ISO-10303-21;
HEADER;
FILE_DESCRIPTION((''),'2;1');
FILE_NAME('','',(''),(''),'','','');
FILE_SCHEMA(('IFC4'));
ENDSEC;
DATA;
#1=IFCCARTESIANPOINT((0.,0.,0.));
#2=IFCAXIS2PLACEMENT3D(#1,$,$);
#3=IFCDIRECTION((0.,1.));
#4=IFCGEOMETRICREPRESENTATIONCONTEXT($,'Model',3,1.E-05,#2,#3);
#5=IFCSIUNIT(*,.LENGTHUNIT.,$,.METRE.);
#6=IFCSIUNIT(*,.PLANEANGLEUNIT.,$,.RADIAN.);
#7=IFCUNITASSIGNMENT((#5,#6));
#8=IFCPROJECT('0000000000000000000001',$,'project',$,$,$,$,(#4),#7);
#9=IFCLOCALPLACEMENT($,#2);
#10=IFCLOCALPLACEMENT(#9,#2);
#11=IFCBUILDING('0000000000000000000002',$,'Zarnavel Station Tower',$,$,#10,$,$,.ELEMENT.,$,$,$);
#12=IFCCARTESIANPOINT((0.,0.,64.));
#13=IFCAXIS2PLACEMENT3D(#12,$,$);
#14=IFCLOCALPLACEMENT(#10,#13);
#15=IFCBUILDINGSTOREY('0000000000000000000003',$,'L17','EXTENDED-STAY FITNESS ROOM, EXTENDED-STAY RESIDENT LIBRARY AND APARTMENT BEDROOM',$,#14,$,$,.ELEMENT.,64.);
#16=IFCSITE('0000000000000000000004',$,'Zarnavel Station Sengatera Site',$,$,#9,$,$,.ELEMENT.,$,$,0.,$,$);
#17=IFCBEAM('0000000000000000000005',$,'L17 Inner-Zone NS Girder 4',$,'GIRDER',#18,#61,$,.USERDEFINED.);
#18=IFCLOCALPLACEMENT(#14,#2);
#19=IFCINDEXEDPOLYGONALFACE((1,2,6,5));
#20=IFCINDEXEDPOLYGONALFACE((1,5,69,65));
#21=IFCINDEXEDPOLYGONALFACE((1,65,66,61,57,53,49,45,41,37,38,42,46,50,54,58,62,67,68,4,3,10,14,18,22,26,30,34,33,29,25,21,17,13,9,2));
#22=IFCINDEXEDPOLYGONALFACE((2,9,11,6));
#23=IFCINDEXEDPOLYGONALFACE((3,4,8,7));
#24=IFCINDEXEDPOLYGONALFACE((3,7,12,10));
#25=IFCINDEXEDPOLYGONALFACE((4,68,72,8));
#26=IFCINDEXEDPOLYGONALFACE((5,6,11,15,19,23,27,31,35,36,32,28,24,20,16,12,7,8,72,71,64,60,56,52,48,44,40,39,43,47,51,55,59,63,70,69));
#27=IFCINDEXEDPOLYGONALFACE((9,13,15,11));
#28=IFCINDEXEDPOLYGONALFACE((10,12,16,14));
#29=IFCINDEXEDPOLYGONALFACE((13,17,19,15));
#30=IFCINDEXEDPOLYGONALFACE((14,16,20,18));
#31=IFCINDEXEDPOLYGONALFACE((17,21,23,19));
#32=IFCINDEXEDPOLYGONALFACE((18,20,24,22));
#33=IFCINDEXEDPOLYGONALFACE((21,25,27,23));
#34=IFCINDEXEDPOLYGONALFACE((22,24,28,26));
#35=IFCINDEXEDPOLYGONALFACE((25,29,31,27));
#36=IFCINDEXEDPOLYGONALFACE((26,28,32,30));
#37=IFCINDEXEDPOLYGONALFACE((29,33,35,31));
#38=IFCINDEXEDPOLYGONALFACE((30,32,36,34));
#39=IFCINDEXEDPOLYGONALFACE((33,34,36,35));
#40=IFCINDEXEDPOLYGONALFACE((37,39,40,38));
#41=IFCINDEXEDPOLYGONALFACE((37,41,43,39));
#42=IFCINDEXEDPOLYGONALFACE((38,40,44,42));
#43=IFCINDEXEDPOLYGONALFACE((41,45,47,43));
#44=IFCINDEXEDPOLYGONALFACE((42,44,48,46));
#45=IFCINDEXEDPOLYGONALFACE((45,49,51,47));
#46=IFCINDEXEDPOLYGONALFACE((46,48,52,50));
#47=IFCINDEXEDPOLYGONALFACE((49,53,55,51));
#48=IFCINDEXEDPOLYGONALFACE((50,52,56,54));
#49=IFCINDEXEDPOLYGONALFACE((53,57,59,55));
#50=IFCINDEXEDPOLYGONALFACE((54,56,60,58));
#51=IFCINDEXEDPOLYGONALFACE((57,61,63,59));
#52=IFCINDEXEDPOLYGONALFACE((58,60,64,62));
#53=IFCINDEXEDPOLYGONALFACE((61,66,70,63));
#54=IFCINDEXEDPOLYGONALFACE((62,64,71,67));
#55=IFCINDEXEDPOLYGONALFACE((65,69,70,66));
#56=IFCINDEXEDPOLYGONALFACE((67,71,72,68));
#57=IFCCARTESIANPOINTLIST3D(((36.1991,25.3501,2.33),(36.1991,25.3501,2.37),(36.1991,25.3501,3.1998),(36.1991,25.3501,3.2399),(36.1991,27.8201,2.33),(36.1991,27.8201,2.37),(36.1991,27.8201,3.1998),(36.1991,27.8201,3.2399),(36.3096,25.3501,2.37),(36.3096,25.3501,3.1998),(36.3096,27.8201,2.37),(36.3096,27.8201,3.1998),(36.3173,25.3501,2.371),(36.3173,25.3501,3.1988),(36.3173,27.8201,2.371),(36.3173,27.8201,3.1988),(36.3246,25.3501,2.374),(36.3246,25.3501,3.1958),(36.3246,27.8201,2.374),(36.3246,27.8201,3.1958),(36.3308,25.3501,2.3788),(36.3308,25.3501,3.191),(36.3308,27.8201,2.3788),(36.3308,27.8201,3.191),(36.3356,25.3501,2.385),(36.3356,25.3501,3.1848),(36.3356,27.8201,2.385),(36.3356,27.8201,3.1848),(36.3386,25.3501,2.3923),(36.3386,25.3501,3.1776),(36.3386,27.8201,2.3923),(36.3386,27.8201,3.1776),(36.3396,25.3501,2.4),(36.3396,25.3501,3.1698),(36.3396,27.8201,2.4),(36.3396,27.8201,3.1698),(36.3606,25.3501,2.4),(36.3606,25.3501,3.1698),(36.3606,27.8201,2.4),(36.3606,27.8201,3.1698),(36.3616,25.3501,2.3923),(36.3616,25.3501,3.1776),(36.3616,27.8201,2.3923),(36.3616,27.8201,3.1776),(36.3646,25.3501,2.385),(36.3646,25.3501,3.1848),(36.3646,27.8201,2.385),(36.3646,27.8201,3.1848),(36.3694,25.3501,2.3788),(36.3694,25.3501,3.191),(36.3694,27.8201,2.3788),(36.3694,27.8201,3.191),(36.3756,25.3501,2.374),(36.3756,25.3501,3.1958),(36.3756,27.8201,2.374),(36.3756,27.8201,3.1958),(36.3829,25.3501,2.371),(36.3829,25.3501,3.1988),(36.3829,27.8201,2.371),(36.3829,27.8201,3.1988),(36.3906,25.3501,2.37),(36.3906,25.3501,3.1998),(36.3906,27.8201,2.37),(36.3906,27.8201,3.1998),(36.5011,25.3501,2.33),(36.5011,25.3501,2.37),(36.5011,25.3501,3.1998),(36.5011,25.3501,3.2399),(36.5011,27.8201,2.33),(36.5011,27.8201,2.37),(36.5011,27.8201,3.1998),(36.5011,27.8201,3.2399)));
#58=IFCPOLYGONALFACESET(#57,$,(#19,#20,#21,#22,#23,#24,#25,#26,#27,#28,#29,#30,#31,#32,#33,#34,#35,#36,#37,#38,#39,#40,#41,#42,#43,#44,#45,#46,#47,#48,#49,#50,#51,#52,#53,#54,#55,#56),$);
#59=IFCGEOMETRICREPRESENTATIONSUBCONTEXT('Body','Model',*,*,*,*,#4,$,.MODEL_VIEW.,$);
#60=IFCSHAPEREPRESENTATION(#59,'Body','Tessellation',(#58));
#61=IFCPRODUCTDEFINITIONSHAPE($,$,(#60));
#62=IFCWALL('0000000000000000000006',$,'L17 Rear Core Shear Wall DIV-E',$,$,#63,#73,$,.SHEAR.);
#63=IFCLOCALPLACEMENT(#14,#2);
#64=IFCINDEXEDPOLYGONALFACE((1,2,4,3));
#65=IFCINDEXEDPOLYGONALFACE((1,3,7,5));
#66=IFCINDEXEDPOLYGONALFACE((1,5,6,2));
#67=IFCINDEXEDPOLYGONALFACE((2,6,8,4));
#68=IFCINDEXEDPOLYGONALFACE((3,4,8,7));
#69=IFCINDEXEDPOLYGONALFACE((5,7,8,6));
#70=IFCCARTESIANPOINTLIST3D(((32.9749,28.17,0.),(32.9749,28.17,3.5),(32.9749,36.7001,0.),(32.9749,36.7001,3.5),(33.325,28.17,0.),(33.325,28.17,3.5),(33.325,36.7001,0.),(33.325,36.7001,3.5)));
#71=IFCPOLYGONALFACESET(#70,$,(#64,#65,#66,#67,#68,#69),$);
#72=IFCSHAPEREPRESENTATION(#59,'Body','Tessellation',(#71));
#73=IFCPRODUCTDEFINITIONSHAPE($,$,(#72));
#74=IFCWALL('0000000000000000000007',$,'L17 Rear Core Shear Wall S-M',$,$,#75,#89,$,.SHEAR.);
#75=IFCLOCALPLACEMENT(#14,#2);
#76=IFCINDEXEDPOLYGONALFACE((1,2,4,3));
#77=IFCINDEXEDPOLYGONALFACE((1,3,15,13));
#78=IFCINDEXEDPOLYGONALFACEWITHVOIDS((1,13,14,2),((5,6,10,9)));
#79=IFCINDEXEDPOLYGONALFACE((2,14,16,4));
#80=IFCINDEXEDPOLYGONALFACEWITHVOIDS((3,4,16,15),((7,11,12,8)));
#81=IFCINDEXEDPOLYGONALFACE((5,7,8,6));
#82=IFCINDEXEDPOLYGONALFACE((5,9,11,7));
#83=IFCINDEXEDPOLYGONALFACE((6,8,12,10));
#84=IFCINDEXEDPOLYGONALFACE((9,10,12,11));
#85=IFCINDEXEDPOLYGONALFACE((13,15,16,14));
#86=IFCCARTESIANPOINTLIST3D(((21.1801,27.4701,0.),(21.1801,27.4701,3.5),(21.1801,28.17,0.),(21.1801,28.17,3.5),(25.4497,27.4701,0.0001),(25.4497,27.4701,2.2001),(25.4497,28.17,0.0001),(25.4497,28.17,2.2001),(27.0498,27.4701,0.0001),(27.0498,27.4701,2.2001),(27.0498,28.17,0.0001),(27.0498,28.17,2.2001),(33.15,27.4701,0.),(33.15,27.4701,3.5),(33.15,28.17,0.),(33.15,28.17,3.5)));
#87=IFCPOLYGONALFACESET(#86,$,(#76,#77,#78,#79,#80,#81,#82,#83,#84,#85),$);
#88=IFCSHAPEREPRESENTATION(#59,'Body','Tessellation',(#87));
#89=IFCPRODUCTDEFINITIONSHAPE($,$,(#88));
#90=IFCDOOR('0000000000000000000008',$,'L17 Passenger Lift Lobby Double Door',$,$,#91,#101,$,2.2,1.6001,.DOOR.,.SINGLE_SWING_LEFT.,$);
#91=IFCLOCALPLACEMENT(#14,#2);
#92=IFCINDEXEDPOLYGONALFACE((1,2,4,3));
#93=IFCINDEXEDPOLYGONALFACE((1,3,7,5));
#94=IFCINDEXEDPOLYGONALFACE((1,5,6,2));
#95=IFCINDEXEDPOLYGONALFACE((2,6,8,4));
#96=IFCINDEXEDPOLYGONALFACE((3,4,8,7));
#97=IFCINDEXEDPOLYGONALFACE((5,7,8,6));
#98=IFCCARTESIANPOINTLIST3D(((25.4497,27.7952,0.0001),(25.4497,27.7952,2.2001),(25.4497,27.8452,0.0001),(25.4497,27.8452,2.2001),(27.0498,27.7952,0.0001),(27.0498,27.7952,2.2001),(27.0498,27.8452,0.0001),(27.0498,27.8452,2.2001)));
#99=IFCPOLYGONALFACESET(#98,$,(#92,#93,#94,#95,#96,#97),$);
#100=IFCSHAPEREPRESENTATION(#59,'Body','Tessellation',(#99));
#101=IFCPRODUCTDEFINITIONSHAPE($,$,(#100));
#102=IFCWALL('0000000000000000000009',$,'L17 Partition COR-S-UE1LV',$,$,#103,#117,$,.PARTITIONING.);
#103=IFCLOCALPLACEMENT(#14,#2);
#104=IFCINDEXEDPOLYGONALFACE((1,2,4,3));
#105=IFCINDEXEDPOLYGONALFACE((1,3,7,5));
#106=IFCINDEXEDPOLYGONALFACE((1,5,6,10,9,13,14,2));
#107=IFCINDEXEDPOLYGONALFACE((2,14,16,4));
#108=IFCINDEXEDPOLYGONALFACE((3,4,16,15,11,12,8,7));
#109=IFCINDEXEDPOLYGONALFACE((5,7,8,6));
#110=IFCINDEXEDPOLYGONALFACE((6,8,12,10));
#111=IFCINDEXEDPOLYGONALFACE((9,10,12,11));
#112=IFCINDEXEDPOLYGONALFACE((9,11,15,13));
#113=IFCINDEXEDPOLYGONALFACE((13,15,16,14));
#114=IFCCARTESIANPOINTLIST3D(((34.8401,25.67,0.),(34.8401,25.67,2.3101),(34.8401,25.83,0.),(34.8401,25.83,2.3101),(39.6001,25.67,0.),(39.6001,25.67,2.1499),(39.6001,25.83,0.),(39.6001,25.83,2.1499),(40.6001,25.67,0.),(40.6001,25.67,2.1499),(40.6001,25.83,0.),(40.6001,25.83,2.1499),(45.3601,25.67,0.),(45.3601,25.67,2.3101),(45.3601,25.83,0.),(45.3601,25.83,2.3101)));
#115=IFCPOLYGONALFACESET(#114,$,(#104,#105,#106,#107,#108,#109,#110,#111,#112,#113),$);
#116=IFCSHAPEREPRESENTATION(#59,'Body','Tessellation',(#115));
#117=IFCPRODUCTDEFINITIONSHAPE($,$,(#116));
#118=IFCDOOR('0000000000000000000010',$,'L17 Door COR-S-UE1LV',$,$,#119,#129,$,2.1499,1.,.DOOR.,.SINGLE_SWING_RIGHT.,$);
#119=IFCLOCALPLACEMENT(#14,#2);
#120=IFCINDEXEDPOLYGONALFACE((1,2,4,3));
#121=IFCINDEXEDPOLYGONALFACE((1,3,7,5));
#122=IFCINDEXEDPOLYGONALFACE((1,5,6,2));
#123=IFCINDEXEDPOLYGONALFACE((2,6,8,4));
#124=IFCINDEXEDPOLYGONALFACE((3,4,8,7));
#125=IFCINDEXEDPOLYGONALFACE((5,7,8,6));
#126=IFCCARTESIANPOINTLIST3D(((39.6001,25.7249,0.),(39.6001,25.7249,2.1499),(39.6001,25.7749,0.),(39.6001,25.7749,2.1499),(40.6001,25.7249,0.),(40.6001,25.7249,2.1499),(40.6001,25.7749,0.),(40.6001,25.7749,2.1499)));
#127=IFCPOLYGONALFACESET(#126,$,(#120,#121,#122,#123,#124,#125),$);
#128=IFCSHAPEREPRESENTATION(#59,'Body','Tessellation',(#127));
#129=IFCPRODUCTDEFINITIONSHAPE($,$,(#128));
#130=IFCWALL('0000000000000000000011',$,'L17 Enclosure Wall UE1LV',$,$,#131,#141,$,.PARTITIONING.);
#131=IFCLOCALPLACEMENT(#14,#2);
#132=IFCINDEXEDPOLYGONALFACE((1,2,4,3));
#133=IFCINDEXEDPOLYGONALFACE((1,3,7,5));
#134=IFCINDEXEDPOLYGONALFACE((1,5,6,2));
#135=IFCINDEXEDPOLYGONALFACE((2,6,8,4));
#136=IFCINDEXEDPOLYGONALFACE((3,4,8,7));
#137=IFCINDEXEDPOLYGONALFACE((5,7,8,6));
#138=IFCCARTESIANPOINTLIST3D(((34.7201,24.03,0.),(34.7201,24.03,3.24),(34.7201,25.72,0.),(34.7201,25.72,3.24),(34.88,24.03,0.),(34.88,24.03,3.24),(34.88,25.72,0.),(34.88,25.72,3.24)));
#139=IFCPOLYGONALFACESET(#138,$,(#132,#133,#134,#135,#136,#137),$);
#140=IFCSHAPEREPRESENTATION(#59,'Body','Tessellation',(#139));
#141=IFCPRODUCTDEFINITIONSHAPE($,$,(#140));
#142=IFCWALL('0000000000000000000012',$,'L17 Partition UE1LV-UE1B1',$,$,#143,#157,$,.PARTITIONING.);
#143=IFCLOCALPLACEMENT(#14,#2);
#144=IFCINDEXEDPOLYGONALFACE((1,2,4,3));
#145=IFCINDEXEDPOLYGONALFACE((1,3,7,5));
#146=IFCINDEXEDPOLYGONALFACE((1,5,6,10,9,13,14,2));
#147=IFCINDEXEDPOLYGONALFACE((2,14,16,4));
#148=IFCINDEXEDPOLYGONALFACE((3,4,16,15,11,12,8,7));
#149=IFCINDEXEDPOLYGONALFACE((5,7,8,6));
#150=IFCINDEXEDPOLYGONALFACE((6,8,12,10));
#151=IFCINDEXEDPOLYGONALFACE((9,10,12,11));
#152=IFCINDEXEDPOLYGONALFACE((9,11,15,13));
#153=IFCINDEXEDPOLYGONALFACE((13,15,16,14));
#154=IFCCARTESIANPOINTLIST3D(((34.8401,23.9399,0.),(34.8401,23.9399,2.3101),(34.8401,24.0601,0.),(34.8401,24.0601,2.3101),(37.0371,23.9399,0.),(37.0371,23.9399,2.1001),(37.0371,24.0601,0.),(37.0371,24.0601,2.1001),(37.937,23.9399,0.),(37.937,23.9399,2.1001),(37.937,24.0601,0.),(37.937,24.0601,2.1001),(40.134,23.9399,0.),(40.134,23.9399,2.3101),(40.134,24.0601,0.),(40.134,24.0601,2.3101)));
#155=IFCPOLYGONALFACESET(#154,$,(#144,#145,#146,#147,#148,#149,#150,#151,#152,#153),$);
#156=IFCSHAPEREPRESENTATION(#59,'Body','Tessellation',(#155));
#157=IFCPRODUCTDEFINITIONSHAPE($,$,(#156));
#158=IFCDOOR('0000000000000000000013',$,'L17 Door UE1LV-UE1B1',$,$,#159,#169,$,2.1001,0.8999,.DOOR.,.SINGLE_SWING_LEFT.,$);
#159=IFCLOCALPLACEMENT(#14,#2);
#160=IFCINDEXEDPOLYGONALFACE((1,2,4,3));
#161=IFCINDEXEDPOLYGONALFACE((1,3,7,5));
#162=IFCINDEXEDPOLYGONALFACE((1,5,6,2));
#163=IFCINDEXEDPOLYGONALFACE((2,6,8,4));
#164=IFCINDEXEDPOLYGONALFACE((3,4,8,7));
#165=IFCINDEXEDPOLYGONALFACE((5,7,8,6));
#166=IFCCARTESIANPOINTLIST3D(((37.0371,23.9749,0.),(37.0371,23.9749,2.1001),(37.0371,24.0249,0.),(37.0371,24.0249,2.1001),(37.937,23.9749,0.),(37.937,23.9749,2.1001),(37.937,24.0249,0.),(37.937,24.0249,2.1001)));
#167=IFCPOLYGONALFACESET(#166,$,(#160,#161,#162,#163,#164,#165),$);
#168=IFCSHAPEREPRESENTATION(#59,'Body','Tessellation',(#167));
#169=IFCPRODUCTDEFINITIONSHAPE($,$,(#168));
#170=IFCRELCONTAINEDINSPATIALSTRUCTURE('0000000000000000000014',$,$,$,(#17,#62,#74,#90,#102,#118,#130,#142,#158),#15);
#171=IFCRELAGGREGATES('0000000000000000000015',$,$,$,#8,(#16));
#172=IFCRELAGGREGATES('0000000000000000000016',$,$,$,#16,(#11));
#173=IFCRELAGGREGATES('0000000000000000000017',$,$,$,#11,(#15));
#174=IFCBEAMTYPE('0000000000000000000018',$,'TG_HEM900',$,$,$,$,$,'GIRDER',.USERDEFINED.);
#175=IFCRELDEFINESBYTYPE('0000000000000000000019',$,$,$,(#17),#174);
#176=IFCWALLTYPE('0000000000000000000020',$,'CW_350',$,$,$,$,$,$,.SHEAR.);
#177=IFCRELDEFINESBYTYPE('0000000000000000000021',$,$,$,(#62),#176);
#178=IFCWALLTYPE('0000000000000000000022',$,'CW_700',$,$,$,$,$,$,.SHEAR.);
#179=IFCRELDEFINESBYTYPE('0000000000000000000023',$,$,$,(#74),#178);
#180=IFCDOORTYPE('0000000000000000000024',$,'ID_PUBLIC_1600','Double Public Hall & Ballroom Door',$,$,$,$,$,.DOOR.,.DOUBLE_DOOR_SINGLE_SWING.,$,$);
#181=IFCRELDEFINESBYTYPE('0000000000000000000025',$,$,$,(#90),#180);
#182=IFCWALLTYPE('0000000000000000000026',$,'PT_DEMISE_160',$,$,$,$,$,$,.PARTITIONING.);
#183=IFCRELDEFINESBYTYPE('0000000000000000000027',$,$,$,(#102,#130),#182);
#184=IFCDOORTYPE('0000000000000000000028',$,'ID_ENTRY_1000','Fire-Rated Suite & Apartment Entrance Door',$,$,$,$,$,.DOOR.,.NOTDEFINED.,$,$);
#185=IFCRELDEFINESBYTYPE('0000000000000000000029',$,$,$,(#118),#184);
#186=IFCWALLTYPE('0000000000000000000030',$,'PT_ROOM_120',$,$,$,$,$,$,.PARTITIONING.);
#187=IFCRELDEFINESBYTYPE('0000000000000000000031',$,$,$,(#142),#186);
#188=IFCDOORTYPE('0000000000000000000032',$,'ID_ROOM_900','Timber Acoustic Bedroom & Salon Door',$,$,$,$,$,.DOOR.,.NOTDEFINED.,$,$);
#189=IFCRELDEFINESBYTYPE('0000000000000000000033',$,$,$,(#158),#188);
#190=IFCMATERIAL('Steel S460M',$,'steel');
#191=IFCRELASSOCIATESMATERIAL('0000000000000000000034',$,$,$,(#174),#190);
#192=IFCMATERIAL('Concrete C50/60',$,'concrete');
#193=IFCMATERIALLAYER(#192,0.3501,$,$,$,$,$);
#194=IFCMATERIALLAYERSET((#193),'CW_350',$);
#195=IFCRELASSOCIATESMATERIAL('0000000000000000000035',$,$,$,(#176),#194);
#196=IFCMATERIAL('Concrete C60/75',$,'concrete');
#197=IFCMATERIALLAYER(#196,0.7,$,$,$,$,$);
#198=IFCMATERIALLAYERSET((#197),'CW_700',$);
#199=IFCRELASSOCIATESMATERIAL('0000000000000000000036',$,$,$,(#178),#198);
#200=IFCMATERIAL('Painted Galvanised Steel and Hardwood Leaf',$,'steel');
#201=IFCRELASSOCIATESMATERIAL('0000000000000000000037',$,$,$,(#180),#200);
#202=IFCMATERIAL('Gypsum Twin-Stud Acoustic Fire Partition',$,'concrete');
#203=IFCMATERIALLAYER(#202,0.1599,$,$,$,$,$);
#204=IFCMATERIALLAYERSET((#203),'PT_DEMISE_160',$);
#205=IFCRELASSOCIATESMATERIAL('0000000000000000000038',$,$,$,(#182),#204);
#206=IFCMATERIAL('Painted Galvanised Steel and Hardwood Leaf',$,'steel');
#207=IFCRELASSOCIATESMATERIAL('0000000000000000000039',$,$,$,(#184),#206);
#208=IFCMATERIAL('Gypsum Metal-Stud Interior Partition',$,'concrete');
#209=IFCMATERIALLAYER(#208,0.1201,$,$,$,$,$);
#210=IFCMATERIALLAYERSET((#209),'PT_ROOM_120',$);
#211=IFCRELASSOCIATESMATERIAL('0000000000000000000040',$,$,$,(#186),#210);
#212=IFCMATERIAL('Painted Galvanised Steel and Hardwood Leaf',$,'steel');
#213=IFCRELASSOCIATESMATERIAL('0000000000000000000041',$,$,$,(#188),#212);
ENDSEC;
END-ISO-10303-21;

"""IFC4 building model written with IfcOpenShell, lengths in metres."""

from ifc_helpers import new_model, si_unit, direction, frame, frame_2d, origin, origin_2d, place, context, subcontext, project, spatial, rectangle, i_section, extrude, material, layer, layer_set, material_profile, profile_set, type_object, element, fill, save


model = new_model("IFC4")

# Units and contexts
model_context = context("Model", 3, precision=1e-05, world=origin(), true_north=direction((0.0, 1.0)))
body_context = subcontext(model_context, "Body", "Model", "MODEL_VIEW")
ifc_project = project(units=[si_unit("LENGTHUNIT", "METRE"), si_unit("PLANEANGLEUNIT", "RADIAN")], contexts=[model_context])

# Site, building, storey
site_placement = place(None, origin())
site = spatial("IfcSite", under=ifc_project, at=site_placement, Name="Zarnavel Station Sengatera Site", CompositionType="ELEMENT", RefElevation=0.0)
building_placement = place(site_placement, origin())
building = spatial("IfcBuilding", under=site, at=building_placement, Name="Zarnavel Station Tower", CompositionType="ELEMENT")
storey_placement = place(building_placement, frame((0.0, 0.0, 64.0)))
storey = spatial("IfcBuildingStorey", under=building, at=storey_placement, Name="L17", Description="EXTENDED-STAY FITNESS ROOM, EXTENDED-STAY RESIDENT LIBRARY AND APARTMENT BEDROOM", CompositionType="ELEMENT", Elevation=64.0)

# Beam
ifc_material_1 = material(Name="Steel S460M", Category="steel")
ifc_material_profile_1 = material_profile(ifc_material_1, i_section(OverallWidth=0.302, OverallDepth=0.9099, WebThickness=0.021, FlangeThickness=0.04, FilletRadius=0.03, at=origin_2d()), Name="HEM900")
ifc_profile_set_1 = profile_set([ifc_material_profile_1], Name="Steel S460M")
beam_type_1 = type_object("IfcBeamType", Name="TG_HEM900", ElementType="GIRDER", PredefinedType="USERDEFINED", material=ifc_profile_set_1)
beam_1_placement = place(storey_placement, frame((36.3501, 25.3501, 2.7849), z_axis=(0.0, 1.0, 0.0), x_axis=(-1.0, 0.0, 0.0)))
element("IfcBeam", 1, at=beam_1_placement, inside=storey, type_object=beam_type_1, Name="L17 Inner-Zone NS Girder 4", ObjectType="GIRDER", PredefinedType="USERDEFINED", context=body_context, shape_type="SweptSolid", body=[
    extrude(i_section(OverallWidth=0.302, OverallDepth=0.9099, WebThickness=0.021, FlangeThickness=0.04, FilletRadius=0.03, at=origin_2d()), origin(), (0.0, 0.0, 1.0), 2.47),
])

# Wall
ifc_material_2 = material(Name="Concrete C50/60", Category="concrete")
ifc_layer_1 = layer(ifc_material_2, 0.3501)
ifc_layer_set_1 = layer_set([ifc_layer_1], Name="CW_350")
wall_type_1 = type_object("IfcWallType", Name="CW_350", PredefinedType="SHEAR", material=ifc_layer_set_1)
wall_1_placement = place(storey_placement, frame((33.1499, 28.1699, 0.0), z_axis=(0.0, 0.0, 1.0), x_axis=(0.0, 1.0, 0.0)))
element("IfcWall", 2, at=wall_1_placement, inside=storey, type_object=wall_type_1, Name="L17 Rear Core Shear Wall DIV-E", PredefinedType="SHEAR", context=body_context, shape_type="SweptSolid", body=[
    extrude(rectangle(XDim=8.53, YDim=0.3501, at=frame_2d((4.2651, 0.0))), origin(), (0.0, 0.0, 1.0), 3.5),
])

# Walls, openings, doors
ifc_material_3 = material(Name="Concrete C60/75", Category="concrete")
ifc_layer_2 = layer(ifc_material_3, 0.7)
ifc_layer_set_2 = layer_set([ifc_layer_2], Name="CW_700")
wall_type_2 = type_object("IfcWallType", Name="CW_700", PredefinedType="SHEAR", material=ifc_layer_set_2)
wall_2_placement = place(storey_placement, frame((33.1499, 27.8201, 0.0), z_axis=(0.0, 0.0, 1.0), x_axis=(-1.0, 0.0, 0.0)))
wall_2 = element("IfcWall", 3, at=wall_2_placement, inside=storey, type_object=wall_type_2, Name="L17 Rear Core Shear Wall S-M", PredefinedType="SHEAR", context=body_context, shape_type="SweptSolid", body=[
    extrude(rectangle(XDim=11.97, YDim=0.7, at=frame_2d((5.9849, 0.0))), origin(), (0.0, 0.0, 1.0), 3.5),
])
opening_1_placement = place(wall_2_placement, frame((6.1001, 0.0, 0.0)))
opening_1 = element("IfcOpeningElement", 4, at=opening_1_placement, cuts=wall_2, PredefinedType="OPENING", context=body_context, shape_type="SweptSolid", body=[
    extrude(rectangle(XDim=1.6001, YDim=2.2, at=frame_2d((0.8, 1.1001))), frame((0.0, 0.3599, 0.0), z_axis=(0.0, -1.0, 0.0), x_axis=(1.0, 0.0, 0.0)), (0.0, 0.0, 1.0), 0.72),
])
ifc_material_4 = material(Name="Painted Galvanised Steel and Hardwood Leaf", Category="steel")
door_type_1 = type_object("IfcDoorType", Name="ID_PUBLIC_1600", Description="Double Public Hall & Ballroom Door", OperationType="DOUBLE_DOOR_SINGLE_SWING", PredefinedType="DOOR", material=ifc_material_4)
door_1_placement = place(opening_1_placement, origin())
door_1 = element("IfcDoor", 5, at=door_1_placement, inside=storey, type_object=door_type_1, Name="L17 Passenger Lift Lobby Double Door", OperationType="SINGLE_SWING_LEFT", OverallHeight=2.2, OverallWidth=1.6001, PredefinedType="DOOR", context=body_context, shape_type="SweptSolid", body=[
    extrude(rectangle(XDim=1.6001, YDim=2.2, at=frame_2d((0.8, 1.1001))), frame((0.0, 0.0249, 0.0), z_axis=(0.0, -1.0, 0.0), x_axis=(1.0, 0.0, 0.0)), (0.0, 0.0, 1.0), 0.05),
])
fill(opening_1, door_1)
ifc_material_5 = material(Name="Gypsum Twin-Stud Acoustic Fire Partition", Category="concrete")
ifc_layer_3 = layer(ifc_material_5, 0.1599)
ifc_layer_set_3 = layer_set([ifc_layer_3], Name="PT_DEMISE_160")
wall_type_3 = type_object("IfcWallType", Name="PT_DEMISE_160", PredefinedType="PARTITIONING", material=ifc_layer_set_3)
wall_3_placement = place(storey_placement, frame((34.8401, 25.75, 0.0), z_axis=(0.0, 0.0, 1.0), x_axis=(1.0, 0.0, 0.0)))
wall_3 = element("IfcWall", 6, at=wall_3_placement, inside=storey, type_object=wall_type_3, Name="L17 Partition COR-S-UE1LV", PredefinedType="PARTITIONING", context=body_context, shape_type="SweptSolid", body=[
    extrude(rectangle(XDim=10.52, YDim=0.1599, at=frame_2d((5.26, 0.0))), origin(), (0.0, 0.0, 1.0), 2.3101),
])
opening_2_placement = place(wall_3_placement, frame((4.76, 0.0, 0.0)))
opening_2 = element("IfcOpeningElement", 7, at=opening_2_placement, cuts=wall_3, PredefinedType="OPENING", context=body_context, shape_type="SweptSolid", body=[
    extrude(rectangle(XDim=1.0, YDim=2.1499, at=frame_2d((0.5, 1.075))), frame((0.0, 0.0898, 0.0), z_axis=(0.0, -1.0, 0.0), x_axis=(1.0, 0.0, 0.0)), (0.0, 0.0, 1.0), 0.1799),
])
ifc_material_6 = material(Name="Painted Galvanised Steel and Hardwood Leaf", Category="steel")
door_type_2 = type_object("IfcDoorType", Name="ID_ENTRY_1000", Description="Fire-Rated Suite & Apartment Entrance Door", OperationType="NOTDEFINED", PredefinedType="DOOR", material=ifc_material_6)
door_2_placement = place(opening_2_placement, origin())
door_2 = element("IfcDoor", 8, at=door_2_placement, inside=storey, type_object=door_type_2, Name="L17 Door COR-S-UE1LV", OperationType="SINGLE_SWING_RIGHT", OverallHeight=2.1499, OverallWidth=1.0, PredefinedType="DOOR", context=body_context, shape_type="SweptSolid", body=[
    extrude(rectangle(XDim=1.0, YDim=2.1499, at=frame_2d((0.5, 1.075))), frame((0.0, 0.0249, 0.0), z_axis=(0.0, -1.0, 0.0), x_axis=(1.0, 0.0, 0.0)), (0.0, 0.0, 1.0), 0.05),
])
fill(opening_2, door_2)

# Wall
wall_4_placement = place(storey_placement, frame((34.8, 24.03, 0.0), z_axis=(0.0, 0.0, 1.0), x_axis=(0.0, 1.0, 0.0)))
element("IfcWall", 9, at=wall_4_placement, inside=storey, type_object=wall_type_3, Name="L17 Enclosure Wall UE1LV", PredefinedType="PARTITIONING", context=body_context, shape_type="SweptSolid", body=[
    extrude(rectangle(XDim=1.6899, YDim=0.1599, at=frame_2d((0.845, 0.0))), origin(), (0.0, 0.0, 1.0), 3.24),
])

# Wall, opening, door
ifc_material_7 = material(Name="Gypsum Metal-Stud Interior Partition", Category="concrete")
ifc_layer_4 = layer(ifc_material_7, 0.1201)
ifc_layer_set_4 = layer_set([ifc_layer_4], Name="PT_ROOM_120")
wall_type_4 = type_object("IfcWallType", Name="PT_ROOM_120", PredefinedType="PARTITIONING", material=ifc_layer_set_4)
wall_5_placement = place(storey_placement, frame((34.8401, 24.0, 0.0), z_axis=(0.0, 0.0, 1.0), x_axis=(1.0, 0.0, 0.0)))
wall_5 = element("IfcWall", 10, at=wall_5_placement, inside=storey, type_object=wall_type_4, Name="L17 Partition UE1LV-UE1B1", PredefinedType="PARTITIONING", context=body_context, shape_type="SweptSolid", body=[
    extrude(rectangle(XDim=5.2939, YDim=0.1201, at=frame_2d((2.647, 0.0))), origin(), (0.0, 0.0, 1.0), 2.3101),
])
opening_3_placement = place(wall_5_placement, frame((2.197, 0.0, 0.0)))
opening_3 = element("IfcOpeningElement", 11, at=opening_3_placement, cuts=wall_5, PredefinedType="OPENING", context=body_context, shape_type="SweptSolid", body=[
    extrude(rectangle(XDim=0.8999, YDim=2.1001, at=frame_2d((0.45, 1.05))), frame((0.0, 0.0701, 0.0), z_axis=(0.0, -1.0, 0.0), x_axis=(1.0, 0.0, 0.0)), (0.0, 0.0, 1.0), 0.1401),
])
ifc_material_8 = material(Name="Painted Galvanised Steel and Hardwood Leaf", Category="steel")
door_type_3 = type_object("IfcDoorType", Name="ID_ROOM_900", Description="Timber Acoustic Bedroom & Salon Door", OperationType="NOTDEFINED", PredefinedType="DOOR", material=ifc_material_8)
door_3_placement = place(opening_3_placement, origin())
door_3 = element("IfcDoor", 12, at=door_3_placement, inside=storey, type_object=door_type_3, Name="L17 Door UE1LV-UE1B1", OperationType="SINGLE_SWING_LEFT", OverallHeight=2.1001, OverallWidth=0.8999, PredefinedType="DOOR", context=body_context, shape_type="SweptSolid", body=[
    extrude(rectangle(XDim=0.8999, YDim=2.1001, at=frame_2d((0.45, 1.05))), frame((0.0, 0.0249, 0.0), z_axis=(0.0, -1.0, 0.0), x_axis=(1.0, 0.0, 0.0)), (0.0, 0.0, 1.0), 0.05),
])
fill(opening_3, door_3)

save(model, "model.ifc")
